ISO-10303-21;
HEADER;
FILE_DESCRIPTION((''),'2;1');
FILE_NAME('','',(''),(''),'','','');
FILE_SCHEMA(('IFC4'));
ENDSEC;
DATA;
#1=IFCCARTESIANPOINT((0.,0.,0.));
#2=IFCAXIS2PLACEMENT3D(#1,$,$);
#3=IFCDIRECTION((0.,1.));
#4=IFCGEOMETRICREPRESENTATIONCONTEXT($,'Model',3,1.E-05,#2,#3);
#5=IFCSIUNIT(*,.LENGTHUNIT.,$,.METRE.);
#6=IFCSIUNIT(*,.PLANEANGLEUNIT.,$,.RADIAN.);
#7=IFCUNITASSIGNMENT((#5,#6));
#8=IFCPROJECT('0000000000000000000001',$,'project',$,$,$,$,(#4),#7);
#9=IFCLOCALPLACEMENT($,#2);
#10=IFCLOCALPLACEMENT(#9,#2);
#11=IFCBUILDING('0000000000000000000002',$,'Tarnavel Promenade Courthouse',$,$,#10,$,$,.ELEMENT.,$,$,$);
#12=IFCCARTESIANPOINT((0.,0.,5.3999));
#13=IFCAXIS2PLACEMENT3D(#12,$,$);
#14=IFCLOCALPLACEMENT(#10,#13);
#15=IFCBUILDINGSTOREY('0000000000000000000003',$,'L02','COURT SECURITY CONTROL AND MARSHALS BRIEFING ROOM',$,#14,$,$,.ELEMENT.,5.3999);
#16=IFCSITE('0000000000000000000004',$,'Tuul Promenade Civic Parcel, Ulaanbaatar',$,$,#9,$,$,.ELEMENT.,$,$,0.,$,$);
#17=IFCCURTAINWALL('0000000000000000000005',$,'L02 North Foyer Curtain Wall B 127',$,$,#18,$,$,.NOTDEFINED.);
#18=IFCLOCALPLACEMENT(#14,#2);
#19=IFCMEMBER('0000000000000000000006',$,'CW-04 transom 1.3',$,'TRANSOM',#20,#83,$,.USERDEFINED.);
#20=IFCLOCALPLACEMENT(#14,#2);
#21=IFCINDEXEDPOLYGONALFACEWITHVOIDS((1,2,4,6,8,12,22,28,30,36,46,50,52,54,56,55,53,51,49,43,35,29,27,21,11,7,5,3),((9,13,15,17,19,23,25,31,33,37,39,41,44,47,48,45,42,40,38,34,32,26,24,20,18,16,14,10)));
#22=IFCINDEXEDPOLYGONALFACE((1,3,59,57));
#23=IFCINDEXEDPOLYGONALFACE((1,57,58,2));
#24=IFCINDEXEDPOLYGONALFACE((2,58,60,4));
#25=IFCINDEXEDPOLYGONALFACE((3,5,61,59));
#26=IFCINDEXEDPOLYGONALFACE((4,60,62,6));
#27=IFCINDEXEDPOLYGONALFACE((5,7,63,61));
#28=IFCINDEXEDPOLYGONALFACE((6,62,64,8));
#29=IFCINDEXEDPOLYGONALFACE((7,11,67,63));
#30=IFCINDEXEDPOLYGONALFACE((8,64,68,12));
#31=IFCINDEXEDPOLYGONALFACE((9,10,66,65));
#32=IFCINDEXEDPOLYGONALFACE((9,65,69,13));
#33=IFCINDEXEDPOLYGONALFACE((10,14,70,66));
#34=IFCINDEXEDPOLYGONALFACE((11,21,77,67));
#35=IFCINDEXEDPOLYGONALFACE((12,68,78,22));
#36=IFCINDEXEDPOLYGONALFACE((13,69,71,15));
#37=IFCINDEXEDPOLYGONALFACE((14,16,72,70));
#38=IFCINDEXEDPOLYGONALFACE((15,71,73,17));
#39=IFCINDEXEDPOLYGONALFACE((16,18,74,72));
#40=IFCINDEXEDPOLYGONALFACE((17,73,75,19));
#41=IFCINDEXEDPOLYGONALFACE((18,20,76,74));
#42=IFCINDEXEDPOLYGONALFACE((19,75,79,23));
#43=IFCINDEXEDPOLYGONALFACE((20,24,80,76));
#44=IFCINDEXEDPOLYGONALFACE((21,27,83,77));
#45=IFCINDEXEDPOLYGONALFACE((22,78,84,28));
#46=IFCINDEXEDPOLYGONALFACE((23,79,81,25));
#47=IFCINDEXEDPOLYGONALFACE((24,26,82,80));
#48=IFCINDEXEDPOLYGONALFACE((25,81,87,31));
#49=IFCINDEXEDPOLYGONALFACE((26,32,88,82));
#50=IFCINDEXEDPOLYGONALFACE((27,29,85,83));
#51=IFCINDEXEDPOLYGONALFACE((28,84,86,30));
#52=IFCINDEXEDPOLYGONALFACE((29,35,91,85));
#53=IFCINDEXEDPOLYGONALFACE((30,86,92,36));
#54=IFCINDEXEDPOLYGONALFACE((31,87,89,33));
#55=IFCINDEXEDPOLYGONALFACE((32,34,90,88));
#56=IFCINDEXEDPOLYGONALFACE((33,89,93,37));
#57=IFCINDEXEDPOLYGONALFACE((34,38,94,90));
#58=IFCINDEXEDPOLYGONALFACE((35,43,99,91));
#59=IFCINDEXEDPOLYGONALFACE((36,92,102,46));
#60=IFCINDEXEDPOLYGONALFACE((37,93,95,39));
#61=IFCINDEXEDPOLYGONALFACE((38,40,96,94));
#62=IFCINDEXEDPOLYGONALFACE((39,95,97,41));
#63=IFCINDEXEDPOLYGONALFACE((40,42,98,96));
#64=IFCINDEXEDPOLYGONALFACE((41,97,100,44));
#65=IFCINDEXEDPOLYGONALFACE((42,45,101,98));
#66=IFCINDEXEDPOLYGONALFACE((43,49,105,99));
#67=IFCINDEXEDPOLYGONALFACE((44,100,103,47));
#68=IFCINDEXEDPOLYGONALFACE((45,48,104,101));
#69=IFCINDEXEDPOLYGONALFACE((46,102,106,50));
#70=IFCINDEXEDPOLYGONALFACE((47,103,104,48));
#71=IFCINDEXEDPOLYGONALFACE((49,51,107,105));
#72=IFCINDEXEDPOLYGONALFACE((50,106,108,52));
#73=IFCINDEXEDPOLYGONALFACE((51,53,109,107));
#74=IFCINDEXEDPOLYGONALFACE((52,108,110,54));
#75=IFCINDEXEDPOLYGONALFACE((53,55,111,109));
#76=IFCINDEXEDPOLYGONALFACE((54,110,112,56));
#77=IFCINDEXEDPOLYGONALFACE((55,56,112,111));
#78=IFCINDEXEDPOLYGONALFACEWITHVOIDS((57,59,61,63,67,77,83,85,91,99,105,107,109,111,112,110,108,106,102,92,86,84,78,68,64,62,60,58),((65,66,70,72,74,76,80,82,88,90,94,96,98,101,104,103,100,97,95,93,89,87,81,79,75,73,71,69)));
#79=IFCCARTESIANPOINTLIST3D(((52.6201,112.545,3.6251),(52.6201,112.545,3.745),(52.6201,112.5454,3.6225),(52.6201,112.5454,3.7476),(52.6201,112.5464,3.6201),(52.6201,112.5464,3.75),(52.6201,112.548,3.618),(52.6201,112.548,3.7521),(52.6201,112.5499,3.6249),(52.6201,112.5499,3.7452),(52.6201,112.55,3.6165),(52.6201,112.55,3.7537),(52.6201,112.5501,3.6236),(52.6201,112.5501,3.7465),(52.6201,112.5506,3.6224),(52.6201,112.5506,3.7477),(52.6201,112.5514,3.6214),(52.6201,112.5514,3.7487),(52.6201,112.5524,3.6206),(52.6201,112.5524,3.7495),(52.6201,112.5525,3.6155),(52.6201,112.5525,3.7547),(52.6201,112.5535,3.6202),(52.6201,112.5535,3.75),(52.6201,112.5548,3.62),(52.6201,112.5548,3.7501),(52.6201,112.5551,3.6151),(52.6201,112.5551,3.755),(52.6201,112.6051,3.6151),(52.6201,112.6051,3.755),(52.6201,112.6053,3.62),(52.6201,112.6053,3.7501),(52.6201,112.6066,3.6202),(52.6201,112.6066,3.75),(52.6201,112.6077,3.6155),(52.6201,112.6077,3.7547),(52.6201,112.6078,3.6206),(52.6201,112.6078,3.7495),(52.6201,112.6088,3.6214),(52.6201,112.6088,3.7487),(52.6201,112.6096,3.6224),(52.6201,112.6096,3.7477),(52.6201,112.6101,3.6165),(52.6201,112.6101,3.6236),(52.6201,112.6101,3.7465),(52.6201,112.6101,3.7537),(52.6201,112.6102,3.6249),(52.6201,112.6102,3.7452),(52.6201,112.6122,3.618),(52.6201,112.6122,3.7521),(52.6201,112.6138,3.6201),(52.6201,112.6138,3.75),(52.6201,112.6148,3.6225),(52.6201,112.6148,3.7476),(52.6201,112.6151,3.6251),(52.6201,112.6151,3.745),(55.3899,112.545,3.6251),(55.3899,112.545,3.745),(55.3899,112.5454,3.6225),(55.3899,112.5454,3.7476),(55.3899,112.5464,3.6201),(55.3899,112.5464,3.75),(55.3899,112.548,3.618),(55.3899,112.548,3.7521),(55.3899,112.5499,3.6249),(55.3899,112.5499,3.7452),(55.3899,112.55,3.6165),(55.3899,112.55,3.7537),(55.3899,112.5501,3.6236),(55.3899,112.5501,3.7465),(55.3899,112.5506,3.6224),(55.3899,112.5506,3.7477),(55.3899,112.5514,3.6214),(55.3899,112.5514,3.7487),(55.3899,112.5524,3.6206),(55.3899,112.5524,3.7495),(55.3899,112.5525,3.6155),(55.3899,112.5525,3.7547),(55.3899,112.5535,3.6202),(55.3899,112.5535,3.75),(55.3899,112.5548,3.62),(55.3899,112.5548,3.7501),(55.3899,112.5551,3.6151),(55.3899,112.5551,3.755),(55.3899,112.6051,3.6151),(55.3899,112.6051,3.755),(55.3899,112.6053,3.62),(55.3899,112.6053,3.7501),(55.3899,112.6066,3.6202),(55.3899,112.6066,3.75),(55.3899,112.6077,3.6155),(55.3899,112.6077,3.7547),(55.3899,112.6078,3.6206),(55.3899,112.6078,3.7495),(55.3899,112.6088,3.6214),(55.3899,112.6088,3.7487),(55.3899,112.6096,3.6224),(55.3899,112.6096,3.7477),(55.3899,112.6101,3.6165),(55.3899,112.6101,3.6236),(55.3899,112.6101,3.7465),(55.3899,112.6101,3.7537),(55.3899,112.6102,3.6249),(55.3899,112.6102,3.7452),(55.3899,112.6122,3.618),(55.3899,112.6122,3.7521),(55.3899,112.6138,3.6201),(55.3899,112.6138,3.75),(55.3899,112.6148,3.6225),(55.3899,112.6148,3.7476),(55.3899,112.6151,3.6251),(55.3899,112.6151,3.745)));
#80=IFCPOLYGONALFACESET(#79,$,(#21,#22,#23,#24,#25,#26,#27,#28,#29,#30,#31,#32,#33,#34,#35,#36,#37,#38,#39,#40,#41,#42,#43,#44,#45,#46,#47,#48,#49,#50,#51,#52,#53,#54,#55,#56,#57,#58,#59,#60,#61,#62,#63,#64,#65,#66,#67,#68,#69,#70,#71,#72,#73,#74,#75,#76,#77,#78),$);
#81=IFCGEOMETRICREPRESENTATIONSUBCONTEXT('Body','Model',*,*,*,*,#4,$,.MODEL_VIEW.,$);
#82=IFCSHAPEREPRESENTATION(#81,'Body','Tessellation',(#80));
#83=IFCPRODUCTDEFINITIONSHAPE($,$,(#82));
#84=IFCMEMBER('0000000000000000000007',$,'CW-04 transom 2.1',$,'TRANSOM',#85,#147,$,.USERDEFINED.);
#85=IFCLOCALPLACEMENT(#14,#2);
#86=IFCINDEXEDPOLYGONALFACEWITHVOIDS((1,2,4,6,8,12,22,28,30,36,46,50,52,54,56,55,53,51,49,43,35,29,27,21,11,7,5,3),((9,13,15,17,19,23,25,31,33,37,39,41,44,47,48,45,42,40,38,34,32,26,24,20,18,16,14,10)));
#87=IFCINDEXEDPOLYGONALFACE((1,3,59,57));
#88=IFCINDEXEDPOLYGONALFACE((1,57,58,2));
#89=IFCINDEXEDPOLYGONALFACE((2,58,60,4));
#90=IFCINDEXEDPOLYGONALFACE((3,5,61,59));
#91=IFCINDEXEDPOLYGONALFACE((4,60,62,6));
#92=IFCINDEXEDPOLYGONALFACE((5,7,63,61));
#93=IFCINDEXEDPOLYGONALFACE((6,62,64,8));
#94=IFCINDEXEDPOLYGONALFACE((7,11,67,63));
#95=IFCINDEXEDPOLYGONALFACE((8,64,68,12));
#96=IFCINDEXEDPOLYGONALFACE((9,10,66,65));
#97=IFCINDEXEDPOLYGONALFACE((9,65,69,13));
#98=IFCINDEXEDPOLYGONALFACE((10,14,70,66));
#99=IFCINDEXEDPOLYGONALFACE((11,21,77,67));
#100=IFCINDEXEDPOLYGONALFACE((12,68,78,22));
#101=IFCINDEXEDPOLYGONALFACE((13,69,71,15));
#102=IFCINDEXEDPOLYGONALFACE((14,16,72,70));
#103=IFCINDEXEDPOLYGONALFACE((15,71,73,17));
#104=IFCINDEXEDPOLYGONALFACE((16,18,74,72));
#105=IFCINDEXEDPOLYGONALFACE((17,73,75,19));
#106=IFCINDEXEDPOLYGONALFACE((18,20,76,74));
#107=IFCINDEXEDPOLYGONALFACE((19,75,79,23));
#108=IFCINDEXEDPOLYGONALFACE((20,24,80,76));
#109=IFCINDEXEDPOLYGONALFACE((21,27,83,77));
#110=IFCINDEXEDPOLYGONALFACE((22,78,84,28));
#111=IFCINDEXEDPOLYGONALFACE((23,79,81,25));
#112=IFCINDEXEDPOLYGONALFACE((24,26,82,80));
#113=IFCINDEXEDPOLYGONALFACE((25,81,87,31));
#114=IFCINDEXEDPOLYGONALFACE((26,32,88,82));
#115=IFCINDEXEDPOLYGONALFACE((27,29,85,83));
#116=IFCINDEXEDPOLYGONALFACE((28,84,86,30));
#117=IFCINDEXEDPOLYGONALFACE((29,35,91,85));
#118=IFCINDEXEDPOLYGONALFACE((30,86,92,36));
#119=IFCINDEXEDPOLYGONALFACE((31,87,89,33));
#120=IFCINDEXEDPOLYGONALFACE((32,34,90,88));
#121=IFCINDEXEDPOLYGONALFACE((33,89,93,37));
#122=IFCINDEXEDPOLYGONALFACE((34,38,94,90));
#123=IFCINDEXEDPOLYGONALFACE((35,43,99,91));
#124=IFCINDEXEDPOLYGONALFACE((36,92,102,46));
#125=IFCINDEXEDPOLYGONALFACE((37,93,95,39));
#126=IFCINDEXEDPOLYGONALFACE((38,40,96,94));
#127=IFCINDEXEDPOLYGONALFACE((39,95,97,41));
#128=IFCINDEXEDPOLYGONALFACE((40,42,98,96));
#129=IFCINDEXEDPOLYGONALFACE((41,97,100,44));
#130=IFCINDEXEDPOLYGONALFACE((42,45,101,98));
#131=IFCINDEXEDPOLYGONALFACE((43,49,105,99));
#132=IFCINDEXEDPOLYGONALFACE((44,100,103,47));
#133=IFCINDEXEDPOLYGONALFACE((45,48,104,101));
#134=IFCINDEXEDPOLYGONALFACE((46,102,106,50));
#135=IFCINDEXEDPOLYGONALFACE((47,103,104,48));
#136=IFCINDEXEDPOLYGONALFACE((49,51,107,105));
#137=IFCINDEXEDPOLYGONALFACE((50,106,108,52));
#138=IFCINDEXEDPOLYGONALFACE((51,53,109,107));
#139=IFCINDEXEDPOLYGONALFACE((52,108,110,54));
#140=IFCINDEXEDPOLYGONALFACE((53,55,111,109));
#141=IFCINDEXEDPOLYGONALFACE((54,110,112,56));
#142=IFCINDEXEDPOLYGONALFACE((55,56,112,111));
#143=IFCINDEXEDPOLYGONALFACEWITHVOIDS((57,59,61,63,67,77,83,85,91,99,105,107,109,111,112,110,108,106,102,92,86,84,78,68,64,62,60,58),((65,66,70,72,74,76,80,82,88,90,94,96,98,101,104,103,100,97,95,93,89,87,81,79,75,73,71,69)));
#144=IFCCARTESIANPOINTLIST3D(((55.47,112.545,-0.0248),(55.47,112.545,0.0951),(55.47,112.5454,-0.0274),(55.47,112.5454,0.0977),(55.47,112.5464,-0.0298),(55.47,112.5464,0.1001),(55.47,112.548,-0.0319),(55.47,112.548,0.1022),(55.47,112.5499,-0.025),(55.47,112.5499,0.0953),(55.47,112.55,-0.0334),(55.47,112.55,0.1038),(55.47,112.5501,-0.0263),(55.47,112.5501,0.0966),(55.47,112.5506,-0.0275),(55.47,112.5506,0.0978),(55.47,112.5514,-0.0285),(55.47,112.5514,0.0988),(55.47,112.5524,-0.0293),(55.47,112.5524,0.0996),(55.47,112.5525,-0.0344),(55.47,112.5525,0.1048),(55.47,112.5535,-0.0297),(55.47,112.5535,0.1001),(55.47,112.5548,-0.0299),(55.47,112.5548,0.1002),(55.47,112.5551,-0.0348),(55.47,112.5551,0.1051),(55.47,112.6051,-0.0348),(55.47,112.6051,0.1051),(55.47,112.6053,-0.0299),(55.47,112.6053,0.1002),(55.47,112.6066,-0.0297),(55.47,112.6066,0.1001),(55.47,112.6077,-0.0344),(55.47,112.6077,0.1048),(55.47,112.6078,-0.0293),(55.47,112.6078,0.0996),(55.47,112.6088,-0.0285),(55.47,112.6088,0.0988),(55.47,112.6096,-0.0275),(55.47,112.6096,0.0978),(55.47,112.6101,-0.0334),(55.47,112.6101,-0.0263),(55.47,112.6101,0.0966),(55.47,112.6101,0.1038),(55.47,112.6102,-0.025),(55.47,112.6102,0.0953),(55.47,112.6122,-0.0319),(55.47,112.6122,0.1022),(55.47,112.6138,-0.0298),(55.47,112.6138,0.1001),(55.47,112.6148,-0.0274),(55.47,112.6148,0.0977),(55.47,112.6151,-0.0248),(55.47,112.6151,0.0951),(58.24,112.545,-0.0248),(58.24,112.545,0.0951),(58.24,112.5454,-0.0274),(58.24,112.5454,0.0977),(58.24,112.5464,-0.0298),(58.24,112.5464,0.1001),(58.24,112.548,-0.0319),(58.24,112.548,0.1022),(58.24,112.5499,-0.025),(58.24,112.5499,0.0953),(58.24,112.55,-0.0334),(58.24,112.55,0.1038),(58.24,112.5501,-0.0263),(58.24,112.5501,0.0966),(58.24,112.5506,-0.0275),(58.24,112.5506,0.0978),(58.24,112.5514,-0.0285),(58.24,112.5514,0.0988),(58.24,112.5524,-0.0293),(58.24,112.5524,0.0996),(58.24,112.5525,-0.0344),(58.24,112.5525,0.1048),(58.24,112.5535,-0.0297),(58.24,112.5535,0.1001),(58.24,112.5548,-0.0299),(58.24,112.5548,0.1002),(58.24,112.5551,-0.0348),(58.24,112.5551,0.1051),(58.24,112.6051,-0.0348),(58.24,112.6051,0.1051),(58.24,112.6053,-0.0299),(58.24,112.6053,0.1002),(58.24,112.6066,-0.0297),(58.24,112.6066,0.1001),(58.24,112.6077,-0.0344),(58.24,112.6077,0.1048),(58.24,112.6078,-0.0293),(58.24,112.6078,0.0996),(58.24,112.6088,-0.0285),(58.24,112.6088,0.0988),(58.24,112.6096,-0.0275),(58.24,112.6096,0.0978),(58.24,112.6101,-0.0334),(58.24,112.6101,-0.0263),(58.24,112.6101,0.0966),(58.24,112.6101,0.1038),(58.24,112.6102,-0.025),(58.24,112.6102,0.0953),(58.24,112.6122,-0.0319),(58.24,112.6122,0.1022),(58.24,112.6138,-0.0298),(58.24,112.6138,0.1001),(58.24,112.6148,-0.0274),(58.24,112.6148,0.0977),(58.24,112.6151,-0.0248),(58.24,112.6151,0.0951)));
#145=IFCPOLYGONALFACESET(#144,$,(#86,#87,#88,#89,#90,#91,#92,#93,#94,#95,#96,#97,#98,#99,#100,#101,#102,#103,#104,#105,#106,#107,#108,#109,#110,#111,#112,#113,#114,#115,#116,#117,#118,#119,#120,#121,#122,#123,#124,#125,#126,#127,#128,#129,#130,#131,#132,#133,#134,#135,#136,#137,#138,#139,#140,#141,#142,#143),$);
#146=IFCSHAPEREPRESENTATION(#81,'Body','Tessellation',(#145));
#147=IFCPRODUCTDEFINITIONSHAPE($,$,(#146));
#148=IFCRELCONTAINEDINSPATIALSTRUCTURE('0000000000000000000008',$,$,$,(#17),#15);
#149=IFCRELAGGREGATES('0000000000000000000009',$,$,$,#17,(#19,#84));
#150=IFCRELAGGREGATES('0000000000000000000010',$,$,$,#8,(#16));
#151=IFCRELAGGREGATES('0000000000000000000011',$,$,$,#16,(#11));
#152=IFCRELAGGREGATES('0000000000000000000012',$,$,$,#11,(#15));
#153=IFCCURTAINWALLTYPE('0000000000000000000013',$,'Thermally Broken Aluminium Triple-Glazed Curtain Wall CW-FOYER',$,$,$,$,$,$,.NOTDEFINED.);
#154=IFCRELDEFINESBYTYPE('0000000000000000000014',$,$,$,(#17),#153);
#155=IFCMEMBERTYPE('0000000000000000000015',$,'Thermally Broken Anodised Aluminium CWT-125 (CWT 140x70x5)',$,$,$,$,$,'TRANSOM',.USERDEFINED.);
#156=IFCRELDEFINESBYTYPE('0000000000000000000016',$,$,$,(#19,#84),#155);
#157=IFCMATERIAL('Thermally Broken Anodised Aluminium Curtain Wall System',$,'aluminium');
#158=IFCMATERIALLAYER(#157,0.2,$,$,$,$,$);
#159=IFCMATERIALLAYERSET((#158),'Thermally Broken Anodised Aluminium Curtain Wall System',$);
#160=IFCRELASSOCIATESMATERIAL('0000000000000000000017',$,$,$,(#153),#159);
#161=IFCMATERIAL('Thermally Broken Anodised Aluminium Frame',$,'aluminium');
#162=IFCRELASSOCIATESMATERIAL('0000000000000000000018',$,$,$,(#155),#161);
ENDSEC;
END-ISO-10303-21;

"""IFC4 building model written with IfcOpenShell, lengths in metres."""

from ifc_helpers import new_model, si_unit, direction, frame, origin, origin_2d, place, context, subcontext, project, spatial, hollow_rectangle, extrude, material, layer, layer_set, material_profile, profile_set, type_object, element, aggregate, save


model = new_model("IFC4")

# Units and contexts
model_context = context("Model", 3, precision=1e-05, world=origin(), true_north=direction((0.0, 1.0)))
body_context = subcontext(model_context, "Body", "Model", "MODEL_VIEW")
ifc_project = project(units=[si_unit("LENGTHUNIT", "METRE"), si_unit("PLANEANGLEUNIT", "RADIAN")], contexts=[model_context])

# Site, building, storey
site_placement = place(None, origin())
site = spatial("IfcSite", under=ifc_project, at=site_placement, Name="Tuul Promenade Civic Parcel, Ulaanbaatar", CompositionType="ELEMENT", RefElevation=0.0)
building_placement = place(site_placement, origin())
building = spatial("IfcBuilding", under=site, at=building_placement, Name="Tarnavel Promenade Courthouse", CompositionType="ELEMENT")
storey_placement = place(building_placement, frame((0.0, 0.0, 5.3999)))
storey = spatial("IfcBuildingStorey", under=building, at=storey_placement, Name="L02", Description="COURT SECURITY CONTROL AND MARSHALS BRIEFING ROOM", CompositionType="ELEMENT", Elevation=5.3999)

# Curtain wall
ifc_material_1 = material(Name="Thermally Broken Anodised Aluminium Curtain Wall System", Category="aluminium")
ifc_layer_1 = layer(ifc_material_1, 0.2)
ifc_layer_set_1 = layer_set([ifc_layer_1], Name="Thermally Broken Anodised Aluminium Curtain Wall System")
curtain_wall_type = type_object("IfcCurtainWallType", Name="Thermally Broken Aluminium Triple-Glazed Curtain Wall CW-FOYER", PredefinedType="NOTDEFINED", material=ifc_layer_set_1)
ifc_material_2 = material(Name="Thermally Broken Anodised Aluminium Frame", Category="aluminium")
curtain_wall_1_placement = place(storey_placement, origin())
curtain_wall_1 = element("IfcCurtainWall", 1, at=curtain_wall_1_placement, inside=storey, type_object=curtain_wall_type, Name="L02 North Foyer Curtain Wall B 127", PredefinedType="NOTDEFINED")

# Members
ifc_material_profile_1 = material_profile(ifc_material_2, hollow_rectangle(XDim=0.0701, YDim=0.1399, WallThickness=0.0049, InnerFilletRadius=0.0049, OuterFilletRadius=0.01, at=origin_2d()), Name="CWT 140x70x5")
ifc_profile_set_1 = profile_set([ifc_material_profile_1], Name="Thermally Broken Anodised Aluminium Frame")
member_type_1 = type_object("IfcMemberType", Name="Thermally Broken Anodised Aluminium CWT-125 (CWT 140x70x5)", ElementType="TRANSOM", PredefinedType="USERDEFINED", material=ifc_profile_set_1)
member_1_placement = place(storey_placement, frame((52.6201, 112.5801, 3.6851), z_axis=(1.0, 0.0, 0.0), x_axis=(0.0, 1.0, 0.0)))
member_1 = element("IfcMember", 2, at=member_1_placement, type_object=member_type_1, Name="CW-04 transom 1.3", ObjectType="TRANSOM", PredefinedType="USERDEFINED", context=body_context, shape_type="SweptSolid", body=[
    extrude(hollow_rectangle(XDim=0.0701, YDim=0.1399, WallThickness=0.0049, InnerFilletRadius=0.0049, OuterFilletRadius=0.01, at=origin_2d()), origin(), (0.0, 0.0, 1.0), 2.7698),
])
member_2_placement = place(storey_placement, frame((55.47, 112.5801, 0.0352), z_axis=(1.0, 0.0, 0.0), x_axis=(0.0, 1.0, 0.0)))
member_2 = element("IfcMember", 3, at=member_2_placement, type_object=member_type_1, Name="CW-04 transom 2.1", ObjectType="TRANSOM", PredefinedType="USERDEFINED", context=body_context, shape_type="SweptSolid", body=[
    extrude(hollow_rectangle(XDim=0.0701, YDim=0.1399, WallThickness=0.0049, InnerFilletRadius=0.0049, OuterFilletRadius=0.01, at=origin_2d()), origin(), (0.0, 0.0, 1.0), 2.77),
])

aggregate(curtain_wall_1, [member_1, member_2])

save(model, "model.ifc")
